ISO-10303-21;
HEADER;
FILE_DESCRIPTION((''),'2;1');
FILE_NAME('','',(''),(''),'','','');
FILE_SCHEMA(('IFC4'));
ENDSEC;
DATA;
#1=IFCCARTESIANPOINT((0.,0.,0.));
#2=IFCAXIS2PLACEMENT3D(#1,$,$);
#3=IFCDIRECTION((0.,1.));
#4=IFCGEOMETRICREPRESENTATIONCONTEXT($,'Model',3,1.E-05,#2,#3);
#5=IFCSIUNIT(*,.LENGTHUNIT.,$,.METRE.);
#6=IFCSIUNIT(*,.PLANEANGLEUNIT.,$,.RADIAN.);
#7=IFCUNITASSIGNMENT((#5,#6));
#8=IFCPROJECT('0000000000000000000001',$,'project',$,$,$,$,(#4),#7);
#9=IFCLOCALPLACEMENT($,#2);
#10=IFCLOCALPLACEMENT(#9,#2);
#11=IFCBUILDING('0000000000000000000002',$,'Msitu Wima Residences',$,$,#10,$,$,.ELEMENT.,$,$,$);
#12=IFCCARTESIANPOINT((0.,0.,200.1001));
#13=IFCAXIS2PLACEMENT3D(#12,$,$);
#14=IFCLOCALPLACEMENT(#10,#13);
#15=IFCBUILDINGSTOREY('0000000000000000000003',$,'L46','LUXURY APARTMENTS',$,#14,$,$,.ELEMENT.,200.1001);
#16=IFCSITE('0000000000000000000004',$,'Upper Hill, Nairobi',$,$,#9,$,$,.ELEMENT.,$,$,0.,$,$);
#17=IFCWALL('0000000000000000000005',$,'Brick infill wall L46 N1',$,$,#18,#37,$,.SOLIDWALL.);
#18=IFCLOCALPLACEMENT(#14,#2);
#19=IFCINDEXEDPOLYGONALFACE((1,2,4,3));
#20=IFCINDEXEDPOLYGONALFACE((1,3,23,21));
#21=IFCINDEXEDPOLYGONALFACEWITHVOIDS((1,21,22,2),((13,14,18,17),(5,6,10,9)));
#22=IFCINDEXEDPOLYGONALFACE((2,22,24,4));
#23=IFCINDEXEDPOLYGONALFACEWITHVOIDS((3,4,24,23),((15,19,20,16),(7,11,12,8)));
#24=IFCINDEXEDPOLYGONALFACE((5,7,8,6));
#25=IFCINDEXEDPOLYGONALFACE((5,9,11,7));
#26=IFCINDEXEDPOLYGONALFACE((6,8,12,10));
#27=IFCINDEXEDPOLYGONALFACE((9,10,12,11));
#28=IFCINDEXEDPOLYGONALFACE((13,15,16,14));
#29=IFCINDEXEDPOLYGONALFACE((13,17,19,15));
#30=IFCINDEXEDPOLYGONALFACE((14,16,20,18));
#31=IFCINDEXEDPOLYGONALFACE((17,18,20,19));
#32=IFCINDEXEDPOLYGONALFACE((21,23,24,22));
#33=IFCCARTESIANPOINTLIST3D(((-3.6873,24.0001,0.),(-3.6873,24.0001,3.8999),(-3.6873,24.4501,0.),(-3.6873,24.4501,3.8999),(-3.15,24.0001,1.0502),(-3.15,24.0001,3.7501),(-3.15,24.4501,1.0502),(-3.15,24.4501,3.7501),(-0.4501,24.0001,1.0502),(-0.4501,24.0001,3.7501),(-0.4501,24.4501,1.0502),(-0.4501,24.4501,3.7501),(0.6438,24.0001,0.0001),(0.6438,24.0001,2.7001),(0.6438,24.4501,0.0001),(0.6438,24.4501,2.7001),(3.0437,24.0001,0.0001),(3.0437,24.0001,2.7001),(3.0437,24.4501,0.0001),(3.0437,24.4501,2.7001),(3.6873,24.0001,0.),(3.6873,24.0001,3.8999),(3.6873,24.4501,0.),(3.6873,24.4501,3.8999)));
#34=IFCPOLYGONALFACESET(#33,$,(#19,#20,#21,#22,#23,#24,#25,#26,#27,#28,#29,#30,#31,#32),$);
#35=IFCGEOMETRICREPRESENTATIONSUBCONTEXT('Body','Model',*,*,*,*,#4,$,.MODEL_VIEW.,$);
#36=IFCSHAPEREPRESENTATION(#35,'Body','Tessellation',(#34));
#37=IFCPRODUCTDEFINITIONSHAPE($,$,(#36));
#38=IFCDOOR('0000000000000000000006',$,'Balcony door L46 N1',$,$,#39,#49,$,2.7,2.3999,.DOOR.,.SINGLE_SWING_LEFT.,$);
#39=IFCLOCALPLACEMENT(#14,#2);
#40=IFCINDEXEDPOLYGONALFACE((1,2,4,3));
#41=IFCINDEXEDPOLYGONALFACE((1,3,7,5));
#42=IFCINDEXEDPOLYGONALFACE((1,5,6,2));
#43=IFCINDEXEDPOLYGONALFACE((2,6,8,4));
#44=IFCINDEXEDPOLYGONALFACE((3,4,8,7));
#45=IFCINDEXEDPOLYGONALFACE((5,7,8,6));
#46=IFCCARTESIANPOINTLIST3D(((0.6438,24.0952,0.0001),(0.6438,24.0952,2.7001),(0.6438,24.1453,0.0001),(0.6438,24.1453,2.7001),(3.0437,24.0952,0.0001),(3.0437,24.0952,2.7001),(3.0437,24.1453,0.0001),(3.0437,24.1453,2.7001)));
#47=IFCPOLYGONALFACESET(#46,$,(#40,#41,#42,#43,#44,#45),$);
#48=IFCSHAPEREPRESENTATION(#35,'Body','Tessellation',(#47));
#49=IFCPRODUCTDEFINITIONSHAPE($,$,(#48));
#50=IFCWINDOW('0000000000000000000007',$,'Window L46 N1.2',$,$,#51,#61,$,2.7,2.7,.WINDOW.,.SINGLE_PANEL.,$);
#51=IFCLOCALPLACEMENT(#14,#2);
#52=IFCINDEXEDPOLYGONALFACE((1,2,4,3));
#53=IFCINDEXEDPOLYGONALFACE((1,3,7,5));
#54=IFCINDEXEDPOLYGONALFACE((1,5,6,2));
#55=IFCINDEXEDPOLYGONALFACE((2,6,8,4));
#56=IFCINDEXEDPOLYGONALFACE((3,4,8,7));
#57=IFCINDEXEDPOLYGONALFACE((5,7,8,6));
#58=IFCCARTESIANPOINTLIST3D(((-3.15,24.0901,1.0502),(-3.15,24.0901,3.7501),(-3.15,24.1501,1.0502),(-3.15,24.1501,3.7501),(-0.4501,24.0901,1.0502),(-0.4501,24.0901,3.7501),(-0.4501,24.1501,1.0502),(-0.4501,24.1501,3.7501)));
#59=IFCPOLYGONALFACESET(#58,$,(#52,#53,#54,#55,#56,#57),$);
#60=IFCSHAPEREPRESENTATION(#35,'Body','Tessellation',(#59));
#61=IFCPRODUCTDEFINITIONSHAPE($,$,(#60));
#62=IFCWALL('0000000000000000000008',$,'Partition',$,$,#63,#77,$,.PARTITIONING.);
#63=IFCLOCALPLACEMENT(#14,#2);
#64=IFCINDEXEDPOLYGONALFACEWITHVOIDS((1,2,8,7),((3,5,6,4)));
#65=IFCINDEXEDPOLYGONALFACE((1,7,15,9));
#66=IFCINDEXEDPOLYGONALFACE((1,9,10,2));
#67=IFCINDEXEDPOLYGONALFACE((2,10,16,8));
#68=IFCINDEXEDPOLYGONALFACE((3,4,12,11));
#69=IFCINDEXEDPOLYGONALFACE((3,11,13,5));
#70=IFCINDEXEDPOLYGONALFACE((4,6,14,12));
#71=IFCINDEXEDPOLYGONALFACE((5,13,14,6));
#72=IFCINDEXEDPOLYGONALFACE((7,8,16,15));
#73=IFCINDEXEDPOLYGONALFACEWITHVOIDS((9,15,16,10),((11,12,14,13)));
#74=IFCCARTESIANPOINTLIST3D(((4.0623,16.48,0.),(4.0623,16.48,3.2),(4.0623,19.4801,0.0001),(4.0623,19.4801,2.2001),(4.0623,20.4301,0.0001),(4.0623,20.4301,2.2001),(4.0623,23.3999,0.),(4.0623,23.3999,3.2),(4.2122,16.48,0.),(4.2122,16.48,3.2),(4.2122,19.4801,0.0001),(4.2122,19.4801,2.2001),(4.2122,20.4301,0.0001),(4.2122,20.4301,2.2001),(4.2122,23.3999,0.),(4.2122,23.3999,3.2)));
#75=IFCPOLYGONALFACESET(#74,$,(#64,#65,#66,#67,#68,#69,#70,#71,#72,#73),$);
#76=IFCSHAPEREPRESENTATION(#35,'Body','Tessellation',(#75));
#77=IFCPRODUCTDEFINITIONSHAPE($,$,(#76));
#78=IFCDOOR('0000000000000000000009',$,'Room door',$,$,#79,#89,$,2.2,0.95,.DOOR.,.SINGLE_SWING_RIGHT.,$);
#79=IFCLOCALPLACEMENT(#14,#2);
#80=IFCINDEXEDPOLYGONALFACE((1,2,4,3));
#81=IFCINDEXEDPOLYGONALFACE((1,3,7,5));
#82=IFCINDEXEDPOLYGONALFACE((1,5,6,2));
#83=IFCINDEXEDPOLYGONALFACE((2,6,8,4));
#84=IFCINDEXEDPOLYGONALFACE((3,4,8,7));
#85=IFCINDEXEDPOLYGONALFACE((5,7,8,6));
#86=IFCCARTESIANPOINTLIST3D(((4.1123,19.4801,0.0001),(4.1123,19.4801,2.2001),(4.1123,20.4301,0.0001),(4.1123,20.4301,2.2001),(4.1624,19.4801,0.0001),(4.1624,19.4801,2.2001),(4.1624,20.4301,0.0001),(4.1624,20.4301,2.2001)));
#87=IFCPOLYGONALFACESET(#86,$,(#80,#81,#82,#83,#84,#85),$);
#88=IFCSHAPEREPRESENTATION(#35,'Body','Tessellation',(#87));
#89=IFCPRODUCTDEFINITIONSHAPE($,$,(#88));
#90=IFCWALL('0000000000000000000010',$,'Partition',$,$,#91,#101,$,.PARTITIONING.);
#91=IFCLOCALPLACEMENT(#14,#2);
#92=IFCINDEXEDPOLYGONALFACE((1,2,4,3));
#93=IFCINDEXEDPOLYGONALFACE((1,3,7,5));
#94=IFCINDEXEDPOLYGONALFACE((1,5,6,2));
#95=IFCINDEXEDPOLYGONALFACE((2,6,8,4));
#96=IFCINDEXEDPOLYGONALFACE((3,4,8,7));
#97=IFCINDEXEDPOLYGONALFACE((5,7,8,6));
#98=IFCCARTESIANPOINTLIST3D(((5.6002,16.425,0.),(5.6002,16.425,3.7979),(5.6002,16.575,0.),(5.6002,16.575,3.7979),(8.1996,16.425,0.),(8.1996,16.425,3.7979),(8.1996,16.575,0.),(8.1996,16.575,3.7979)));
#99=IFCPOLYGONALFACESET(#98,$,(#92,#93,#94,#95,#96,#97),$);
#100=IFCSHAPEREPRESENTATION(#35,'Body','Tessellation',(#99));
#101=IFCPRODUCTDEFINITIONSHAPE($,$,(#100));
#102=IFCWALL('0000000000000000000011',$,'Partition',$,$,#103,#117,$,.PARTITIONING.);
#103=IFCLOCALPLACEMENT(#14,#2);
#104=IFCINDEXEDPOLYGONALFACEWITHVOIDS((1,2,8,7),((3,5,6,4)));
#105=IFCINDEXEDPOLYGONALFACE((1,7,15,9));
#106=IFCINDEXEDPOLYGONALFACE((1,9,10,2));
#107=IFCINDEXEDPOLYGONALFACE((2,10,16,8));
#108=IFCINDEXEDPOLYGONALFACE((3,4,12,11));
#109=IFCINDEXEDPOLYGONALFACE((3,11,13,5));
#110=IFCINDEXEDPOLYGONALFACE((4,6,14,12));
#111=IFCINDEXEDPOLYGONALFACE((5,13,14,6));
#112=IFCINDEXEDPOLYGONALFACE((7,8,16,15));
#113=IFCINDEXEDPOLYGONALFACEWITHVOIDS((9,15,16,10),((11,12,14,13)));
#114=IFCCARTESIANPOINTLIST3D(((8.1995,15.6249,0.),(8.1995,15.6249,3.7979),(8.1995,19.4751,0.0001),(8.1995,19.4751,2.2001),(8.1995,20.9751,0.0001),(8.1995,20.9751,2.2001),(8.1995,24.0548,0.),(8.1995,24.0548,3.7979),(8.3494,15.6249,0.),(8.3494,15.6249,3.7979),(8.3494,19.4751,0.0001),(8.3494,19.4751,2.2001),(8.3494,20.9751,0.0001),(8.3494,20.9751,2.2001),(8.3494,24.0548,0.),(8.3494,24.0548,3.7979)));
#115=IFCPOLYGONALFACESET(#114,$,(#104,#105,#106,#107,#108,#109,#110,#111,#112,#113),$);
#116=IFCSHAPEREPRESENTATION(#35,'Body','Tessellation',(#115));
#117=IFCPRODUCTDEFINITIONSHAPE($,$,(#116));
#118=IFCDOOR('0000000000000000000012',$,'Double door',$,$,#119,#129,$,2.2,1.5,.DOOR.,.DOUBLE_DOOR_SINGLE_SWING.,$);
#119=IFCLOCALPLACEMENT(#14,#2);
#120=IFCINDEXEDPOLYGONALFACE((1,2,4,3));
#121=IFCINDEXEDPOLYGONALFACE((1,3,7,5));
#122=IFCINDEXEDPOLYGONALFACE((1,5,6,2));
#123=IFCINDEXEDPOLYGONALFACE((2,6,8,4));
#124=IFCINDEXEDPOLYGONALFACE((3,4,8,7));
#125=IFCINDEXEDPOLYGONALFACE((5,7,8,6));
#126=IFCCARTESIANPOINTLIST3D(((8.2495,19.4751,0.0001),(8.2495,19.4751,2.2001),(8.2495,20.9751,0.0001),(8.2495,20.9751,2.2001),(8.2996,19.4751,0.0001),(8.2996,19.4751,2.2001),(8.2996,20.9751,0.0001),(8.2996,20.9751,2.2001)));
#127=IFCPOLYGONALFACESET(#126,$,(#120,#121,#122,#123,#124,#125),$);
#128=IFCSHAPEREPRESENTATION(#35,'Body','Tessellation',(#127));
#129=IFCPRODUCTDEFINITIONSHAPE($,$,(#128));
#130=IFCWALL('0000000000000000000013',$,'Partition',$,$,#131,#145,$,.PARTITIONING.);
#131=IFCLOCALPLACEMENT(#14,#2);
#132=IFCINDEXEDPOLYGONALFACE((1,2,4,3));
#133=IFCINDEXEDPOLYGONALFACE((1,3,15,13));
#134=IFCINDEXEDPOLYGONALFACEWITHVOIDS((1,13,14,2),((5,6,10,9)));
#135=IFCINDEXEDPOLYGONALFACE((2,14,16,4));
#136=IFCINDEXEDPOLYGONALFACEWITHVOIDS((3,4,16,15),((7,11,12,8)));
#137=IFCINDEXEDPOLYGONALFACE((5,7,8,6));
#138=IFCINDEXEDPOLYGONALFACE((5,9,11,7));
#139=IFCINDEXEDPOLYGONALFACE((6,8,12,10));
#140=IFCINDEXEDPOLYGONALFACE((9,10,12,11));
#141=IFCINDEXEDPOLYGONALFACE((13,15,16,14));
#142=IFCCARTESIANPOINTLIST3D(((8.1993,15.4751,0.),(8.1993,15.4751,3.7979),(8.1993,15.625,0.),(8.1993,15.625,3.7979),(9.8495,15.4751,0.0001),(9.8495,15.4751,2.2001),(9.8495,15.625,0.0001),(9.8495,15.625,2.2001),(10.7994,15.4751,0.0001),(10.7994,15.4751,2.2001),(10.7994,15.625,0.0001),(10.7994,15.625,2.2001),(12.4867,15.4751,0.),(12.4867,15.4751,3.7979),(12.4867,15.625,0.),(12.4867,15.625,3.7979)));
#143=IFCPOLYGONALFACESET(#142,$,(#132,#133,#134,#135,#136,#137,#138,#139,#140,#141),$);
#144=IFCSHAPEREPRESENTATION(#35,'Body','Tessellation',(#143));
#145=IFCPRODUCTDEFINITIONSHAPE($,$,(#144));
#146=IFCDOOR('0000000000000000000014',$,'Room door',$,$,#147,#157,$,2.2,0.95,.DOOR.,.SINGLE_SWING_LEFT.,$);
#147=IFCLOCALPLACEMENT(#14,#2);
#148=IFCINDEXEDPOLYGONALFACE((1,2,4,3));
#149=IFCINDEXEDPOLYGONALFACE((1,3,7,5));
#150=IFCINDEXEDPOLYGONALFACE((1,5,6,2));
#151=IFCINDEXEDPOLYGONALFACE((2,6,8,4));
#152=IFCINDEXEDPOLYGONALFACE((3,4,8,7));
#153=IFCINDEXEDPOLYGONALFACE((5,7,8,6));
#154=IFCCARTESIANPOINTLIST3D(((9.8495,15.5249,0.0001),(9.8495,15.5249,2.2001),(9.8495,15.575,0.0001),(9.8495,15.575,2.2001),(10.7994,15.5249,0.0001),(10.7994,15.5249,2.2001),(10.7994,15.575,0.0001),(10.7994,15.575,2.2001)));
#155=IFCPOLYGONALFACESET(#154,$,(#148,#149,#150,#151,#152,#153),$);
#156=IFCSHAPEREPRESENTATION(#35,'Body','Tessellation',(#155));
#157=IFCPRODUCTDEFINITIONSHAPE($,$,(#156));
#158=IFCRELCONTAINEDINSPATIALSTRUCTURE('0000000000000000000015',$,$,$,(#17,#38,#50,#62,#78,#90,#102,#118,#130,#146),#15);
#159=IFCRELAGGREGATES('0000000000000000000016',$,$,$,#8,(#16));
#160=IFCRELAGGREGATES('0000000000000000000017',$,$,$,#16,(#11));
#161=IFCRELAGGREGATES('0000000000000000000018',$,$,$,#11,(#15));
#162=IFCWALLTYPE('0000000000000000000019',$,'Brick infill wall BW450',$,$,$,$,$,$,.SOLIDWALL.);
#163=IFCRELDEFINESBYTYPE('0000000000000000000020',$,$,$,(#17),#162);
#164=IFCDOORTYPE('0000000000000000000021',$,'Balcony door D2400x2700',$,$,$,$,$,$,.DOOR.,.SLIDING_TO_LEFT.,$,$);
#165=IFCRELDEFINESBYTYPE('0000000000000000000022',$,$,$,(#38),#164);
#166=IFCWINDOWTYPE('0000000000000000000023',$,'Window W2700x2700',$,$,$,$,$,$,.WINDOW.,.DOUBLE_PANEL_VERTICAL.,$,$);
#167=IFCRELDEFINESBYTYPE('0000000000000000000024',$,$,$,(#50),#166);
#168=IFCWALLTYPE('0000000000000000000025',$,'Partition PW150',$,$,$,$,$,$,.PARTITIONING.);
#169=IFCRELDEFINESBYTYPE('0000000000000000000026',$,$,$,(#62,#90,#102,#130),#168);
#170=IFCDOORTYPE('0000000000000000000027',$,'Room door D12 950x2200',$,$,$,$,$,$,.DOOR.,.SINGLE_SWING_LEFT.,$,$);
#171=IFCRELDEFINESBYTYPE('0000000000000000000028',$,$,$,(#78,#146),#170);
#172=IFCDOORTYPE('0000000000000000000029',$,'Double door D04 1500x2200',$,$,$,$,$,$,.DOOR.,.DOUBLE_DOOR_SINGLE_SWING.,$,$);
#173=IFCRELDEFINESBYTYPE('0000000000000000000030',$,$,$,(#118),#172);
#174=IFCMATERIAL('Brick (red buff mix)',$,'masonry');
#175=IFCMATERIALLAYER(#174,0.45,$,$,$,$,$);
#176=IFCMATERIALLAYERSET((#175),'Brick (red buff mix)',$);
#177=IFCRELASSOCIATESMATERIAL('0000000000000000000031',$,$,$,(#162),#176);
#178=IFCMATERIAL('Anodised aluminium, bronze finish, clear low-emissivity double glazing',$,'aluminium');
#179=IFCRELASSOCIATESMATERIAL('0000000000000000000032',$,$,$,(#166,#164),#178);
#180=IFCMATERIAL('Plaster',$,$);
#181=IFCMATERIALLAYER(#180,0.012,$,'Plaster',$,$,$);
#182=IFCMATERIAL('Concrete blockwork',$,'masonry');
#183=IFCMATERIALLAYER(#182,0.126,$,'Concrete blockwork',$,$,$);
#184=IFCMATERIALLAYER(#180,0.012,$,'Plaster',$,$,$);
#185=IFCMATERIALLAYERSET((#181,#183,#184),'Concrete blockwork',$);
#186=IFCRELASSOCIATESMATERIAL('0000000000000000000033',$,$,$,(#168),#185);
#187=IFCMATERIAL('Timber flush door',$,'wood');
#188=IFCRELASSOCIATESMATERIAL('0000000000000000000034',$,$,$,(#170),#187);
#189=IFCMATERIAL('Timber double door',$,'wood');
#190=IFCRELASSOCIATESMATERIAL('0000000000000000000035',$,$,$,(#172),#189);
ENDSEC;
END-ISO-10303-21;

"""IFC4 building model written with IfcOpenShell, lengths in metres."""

from ifc_helpers import new_model, si_unit, direction, frame, frame_2d, origin, place, context, subcontext, project, spatial, rectangle, extrude, material, layer, layer_set, type_object, element, fill, save


model = new_model("IFC4")

# Units and contexts
model_context = context("Model", 3, precision=1e-05, world=origin(), true_north=direction((0.0, 1.0)))
body_context = subcontext(model_context, "Body", "Model", "MODEL_VIEW")
ifc_project = project(units=[si_unit("LENGTHUNIT", "METRE"), si_unit("PLANEANGLEUNIT", "RADIAN")], contexts=[model_context])

# Site, building, storey
site_placement = place(None, origin())
site = spatial("IfcSite", under=ifc_project, at=site_placement, Name="Upper Hill, Nairobi", CompositionType="ELEMENT", RefElevation=0.0)
building_placement = place(site_placement, origin())
building = spatial("IfcBuilding", under=site, at=building_placement, Name="Msitu Wima Residences", CompositionType="ELEMENT")
storey_placement = place(building_placement, frame((0.0, 0.0, 200.1001)))
storey = spatial("IfcBuildingStorey", under=building, at=storey_placement, Name="L46", Description="LUXURY APARTMENTS", CompositionType="ELEMENT", Elevation=200.1001)

# Shared definitions
ifc_material_1 = material(Name="Brick (red buff mix)", Category="masonry")
ifc_layer_1 = layer(ifc_material_1, 0.45)
ifc_layer_set_1 = layer_set([ifc_layer_1], Name="Brick (red buff mix)")
wall_type_1 = type_object("IfcWallType", Name="Brick infill wall BW450", PredefinedType="SOLIDWALL", material=ifc_layer_set_1)
ifc_material_2 = material(Name="Anodised aluminium, bronze finish, clear low-emissivity double glazing", Category="aluminium")
window_type = type_object("IfcWindowType", Name="Window W2700x2700", PartitioningType="DOUBLE_PANEL_VERTICAL", PredefinedType="WINDOW", material=ifc_material_2)

# Wall, openings, door, window
wall_1_placement = place(storey_placement, frame((3.6873, 24.2251, 0.0), z_axis=(0.0, 0.0, 1.0), x_axis=(-1.0, 0.0, 0.0)))
wall_1 = element("IfcWall", 1, at=wall_1_placement, inside=storey, type_object=wall_type_1, Name="Brick infill wall L46 N1", PredefinedType="SOLIDWALL", context=body_context, shape_type="SweptSolid", body=[
    extrude(rectangle(XDim=7.3745, YDim=0.45, at=frame_2d((3.6873, 0.0))), origin(), (0.0, 0.0, 1.0), 3.8999),
])
opening_1_placement = place(wall_1_placement, frame((0.6436, 0.0, 0.0)))
opening_1 = element("IfcOpeningElement", 2, at=opening_1_placement, cuts=wall_1, PredefinedType="OPENING", context=body_context, shape_type="SweptSolid", body=[
    extrude(rectangle(XDim=2.3999, YDim=2.7, at=frame_2d((1.2, 1.3501))), frame((0.0, 0.2349, 0.0), z_axis=(0.0, -1.0, 0.0), x_axis=(1.0, 0.0, 0.0)), (0.0, 0.0, 1.0), 0.47),
])
opening_2_placement = place(wall_1_placement, frame((4.1372, 0.0, 1.05)))
opening_2 = element("IfcOpeningElement", 3, at=opening_2_placement, cuts=wall_1, PredefinedType="OPENING", context=body_context, shape_type="SweptSolid", body=[
    extrude(rectangle(XDim=2.7, YDim=2.7, at=frame_2d((1.3501, 1.3501))), frame((0.0, 0.2349, 0.0), z_axis=(0.0, -1.0, 0.0), x_axis=(1.0, 0.0, 0.0)), (0.0, 0.0, 1.0), 0.47),
])
door_type_1 = type_object("IfcDoorType", Name="Balcony door D2400x2700", OperationType="SLIDING_TO_LEFT", PredefinedType="DOOR", material=ifc_material_2)
door_1_placement = place(opening_1_placement, origin())
door_1 = element("IfcDoor", 4, at=door_1_placement, inside=storey, type_object=door_type_1, Name="Balcony door L46 N1", OperationType="SINGLE_SWING_LEFT", OverallHeight=2.7, OverallWidth=2.3999, PredefinedType="DOOR", context=body_context, shape_type="SweptSolid", body=[
    extrude(rectangle(XDim=2.3999, YDim=2.7, at=frame_2d((1.2, 1.3501))), frame((0.0, 0.1299, 0.0), z_axis=(0.0, -1.0, 0.0), x_axis=(1.0, 0.0, 0.0)), (0.0, 0.0, 1.0), 0.05),
])
fill(opening_1, door_1)
window_1_placement = place(opening_2_placement, origin())
window_1 = element("IfcWindow", 5, at=window_1_placement, inside=storey, type_object=window_type, Name="Window L46 N1.2", OverallHeight=2.7, OverallWidth=2.7, PartitioningType="SINGLE_PANEL", PredefinedType="WINDOW", context=body_context, shape_type="SweptSolid", body=[
    extrude(rectangle(XDim=2.7, YDim=2.7, at=frame_2d((1.3501, 1.3501))), frame((0.0, 0.135, 0.0), z_axis=(0.0, -1.0, 0.0), x_axis=(1.0, 0.0, 0.0)), (0.0, 0.0, 1.0), 0.0601),
])
fill(opening_2, window_1)

# Wall, opening, door
ifc_material_3 = material(Name="Plaster")
ifc_layer_2 = layer(ifc_material_3, 0.012, Name="Plaster")
ifc_material_4 = material(Name="Concrete blockwork", Category="masonry")
ifc_layer_3 = layer(ifc_material_4, 0.126, Name="Concrete blockwork")
ifc_layer_4 = layer(ifc_material_3, 0.012, Name="Plaster")
ifc_layer_set_2 = layer_set([ifc_layer_2, ifc_layer_3, ifc_layer_4], Name="Concrete blockwork")
wall_type_2 = type_object("IfcWallType", Name="Partition PW150", PredefinedType="PARTITIONING", material=ifc_layer_set_2)
wall_2_placement = place(storey_placement, frame((4.1372, 16.48, 0.0), z_axis=(0.0, 0.0, 1.0), x_axis=(0.0, 1.0, 0.0)))
wall_2 = element("IfcWall", 6, at=wall_2_placement, inside=storey, type_object=wall_type_2, Name="Partition", PredefinedType="PARTITIONING", context=body_context, shape_type="SweptSolid", body=[
    extrude(rectangle(XDim=6.9199, YDim=0.1499, at=frame_2d((3.46, 0.0))), origin(), (0.0, 0.0, 1.0), 3.2),
])
opening_3_placement = place(wall_2_placement, frame((3.0, 0.0, 0.0)))
opening_3 = element("IfcOpeningElement", 7, at=opening_3_placement, cuts=wall_2, PredefinedType="OPENING", context=body_context, shape_type="SweptSolid", body=[
    extrude(rectangle(XDim=0.95, YDim=2.2, at=frame_2d((0.4751, 1.1001))), frame((0.0, 0.085, 0.0), z_axis=(0.0, -1.0, 0.0), x_axis=(1.0, 0.0, 0.0)), (0.0, 0.0, 1.0), 0.1699),
])
ifc_material_5 = material(Name="Timber flush door", Category="wood")
door_type_2 = type_object("IfcDoorType", Name="Room door D12 950x2200", OperationType="SINGLE_SWING_LEFT", PredefinedType="DOOR", material=ifc_material_5)
door_2_placement = place(opening_3_placement, origin())
door_2 = element("IfcDoor", 8, at=door_2_placement, inside=storey, type_object=door_type_2, Name="Room door", OperationType="SINGLE_SWING_RIGHT", OverallHeight=2.2, OverallWidth=0.95, PredefinedType="DOOR", context=body_context, shape_type="SweptSolid", body=[
    extrude(rectangle(XDim=0.95, YDim=2.2, at=frame_2d((0.4751, 1.1001))), frame((0.0, 0.0249, 0.0), z_axis=(0.0, -1.0, 0.0), x_axis=(1.0, 0.0, 0.0)), (0.0, 0.0, 1.0), 0.05),
])
fill(opening_3, door_2)

# Wall
wall_3_placement = place(storey_placement, frame((5.6001, 16.5, 0.0), z_axis=(0.0, 0.0, 1.0), x_axis=(1.0, 0.0, 0.0)))
element("IfcWall", 9, at=wall_3_placement, inside=storey, type_object=wall_type_2, Name="Partition", PredefinedType="PARTITIONING", context=body_context, shape_type="SweptSolid", body=[
    extrude(rectangle(XDim=2.5994, YDim=0.1499, at=frame_2d((1.2998, 0.0))), origin(), (0.0, 0.0, 1.0), 3.7979),
])

# Walls, openings, doors
wall_4_placement = place(storey_placement, frame((8.2744, 15.625, 0.0), z_axis=(0.0, 0.0, 1.0), x_axis=(0.0, 1.0, 0.0)))
wall_4 = element("IfcWall", 10, at=wall_4_placement, inside=storey, type_object=wall_type_2, Name="Partition", PredefinedType="PARTITIONING", context=body_context, shape_type="SweptSolid", body=[
    extrude(rectangle(XDim=8.4299, YDim=0.1499, at=frame_2d((4.2148, 0.0))), origin(), (0.0, 0.0, 1.0), 3.7979),
])
opening_4_placement = place(wall_4_placement, frame((3.8501, 0.0, 0.0)))
opening_4 = element("IfcOpeningElement", 11, at=opening_4_placement, cuts=wall_4, PredefinedType="OPENING", context=body_context, shape_type="SweptSolid", body=[
    extrude(rectangle(XDim=1.5, YDim=2.2, at=frame_2d((0.75, 1.1001))), frame((0.0, 0.085, 0.0), z_axis=(0.0, -1.0, 0.0), x_axis=(1.0, 0.0, 0.0)), (0.0, 0.0, 1.0), 0.1699),
])
ifc_material_6 = material(Name="Timber double door", Category="wood")
door_type_3 = type_object("IfcDoorType", Name="Double door D04 1500x2200", OperationType="DOUBLE_DOOR_SINGLE_SWING", PredefinedType="DOOR", material=ifc_material_6)
door_3_placement = place(opening_4_placement, origin())
door_3 = element("IfcDoor", 12, at=door_3_placement, inside=storey, type_object=door_type_3, Name="Double door", OperationType="DOUBLE_DOOR_SINGLE_SWING", OverallHeight=2.2, OverallWidth=1.5, PredefinedType="DOOR", context=body_context, shape_type="SweptSolid", body=[
    extrude(rectangle(XDim=1.5, YDim=2.2, at=frame_2d((0.75, 1.1001))), frame((0.0, 0.0249, 0.0), z_axis=(0.0, -1.0, 0.0), x_axis=(1.0, 0.0, 0.0)), (0.0, 0.0, 1.0), 0.05),
])
fill(opening_4, door_3)
wall_5_placement = place(storey_placement, frame((8.1995, 15.55, 0.0), z_axis=(0.0, 0.0, 1.0), x_axis=(1.0, 0.0, 0.0)))
wall_5 = element("IfcWall", 13, at=wall_5_placement, inside=storey, type_object=wall_type_2, Name="Partition", PredefinedType="PARTITIONING", context=body_context, shape_type="SweptSolid", body=[
    extrude(rectangle(XDim=4.2874, YDim=0.1499, at=frame_2d((2.1436, 0.0))), origin(), (0.0, 0.0, 1.0), 3.7979),
])
opening_5_placement = place(wall_5_placement, frame((1.6499, 0.0, 0.0)))
opening_5 = element("IfcOpeningElement", 14, at=opening_5_placement, cuts=wall_5, PredefinedType="OPENING", context=body_context, shape_type="SweptSolid", body=[
    extrude(rectangle(XDim=0.95, YDim=2.2, at=frame_2d((0.4751, 1.1001))), frame((0.0, 0.085, 0.0), z_axis=(0.0, -1.0, 0.0), x_axis=(1.0, 0.0, 0.0)), (0.0, 0.0, 1.0), 0.1699),
])
door_4_placement = place(opening_5_placement, origin())
door_4 = element("IfcDoor", 15, at=door_4_placement, inside=storey, type_object=door_type_2, Name="Room door", OperationType="SINGLE_SWING_LEFT", OverallHeight=2.2, OverallWidth=0.95, PredefinedType="DOOR", context=body_context, shape_type="SweptSolid", body=[
    extrude(rectangle(XDim=0.95, YDim=2.2, at=frame_2d((0.4751, 1.1001))), frame((0.0, 0.0249, 0.0), z_axis=(0.0, -1.0, 0.0), x_axis=(1.0, 0.0, 0.0)), (0.0, 0.0, 1.0), 0.05),
])
fill(opening_5, door_4)

save(model, "model.ifc")
